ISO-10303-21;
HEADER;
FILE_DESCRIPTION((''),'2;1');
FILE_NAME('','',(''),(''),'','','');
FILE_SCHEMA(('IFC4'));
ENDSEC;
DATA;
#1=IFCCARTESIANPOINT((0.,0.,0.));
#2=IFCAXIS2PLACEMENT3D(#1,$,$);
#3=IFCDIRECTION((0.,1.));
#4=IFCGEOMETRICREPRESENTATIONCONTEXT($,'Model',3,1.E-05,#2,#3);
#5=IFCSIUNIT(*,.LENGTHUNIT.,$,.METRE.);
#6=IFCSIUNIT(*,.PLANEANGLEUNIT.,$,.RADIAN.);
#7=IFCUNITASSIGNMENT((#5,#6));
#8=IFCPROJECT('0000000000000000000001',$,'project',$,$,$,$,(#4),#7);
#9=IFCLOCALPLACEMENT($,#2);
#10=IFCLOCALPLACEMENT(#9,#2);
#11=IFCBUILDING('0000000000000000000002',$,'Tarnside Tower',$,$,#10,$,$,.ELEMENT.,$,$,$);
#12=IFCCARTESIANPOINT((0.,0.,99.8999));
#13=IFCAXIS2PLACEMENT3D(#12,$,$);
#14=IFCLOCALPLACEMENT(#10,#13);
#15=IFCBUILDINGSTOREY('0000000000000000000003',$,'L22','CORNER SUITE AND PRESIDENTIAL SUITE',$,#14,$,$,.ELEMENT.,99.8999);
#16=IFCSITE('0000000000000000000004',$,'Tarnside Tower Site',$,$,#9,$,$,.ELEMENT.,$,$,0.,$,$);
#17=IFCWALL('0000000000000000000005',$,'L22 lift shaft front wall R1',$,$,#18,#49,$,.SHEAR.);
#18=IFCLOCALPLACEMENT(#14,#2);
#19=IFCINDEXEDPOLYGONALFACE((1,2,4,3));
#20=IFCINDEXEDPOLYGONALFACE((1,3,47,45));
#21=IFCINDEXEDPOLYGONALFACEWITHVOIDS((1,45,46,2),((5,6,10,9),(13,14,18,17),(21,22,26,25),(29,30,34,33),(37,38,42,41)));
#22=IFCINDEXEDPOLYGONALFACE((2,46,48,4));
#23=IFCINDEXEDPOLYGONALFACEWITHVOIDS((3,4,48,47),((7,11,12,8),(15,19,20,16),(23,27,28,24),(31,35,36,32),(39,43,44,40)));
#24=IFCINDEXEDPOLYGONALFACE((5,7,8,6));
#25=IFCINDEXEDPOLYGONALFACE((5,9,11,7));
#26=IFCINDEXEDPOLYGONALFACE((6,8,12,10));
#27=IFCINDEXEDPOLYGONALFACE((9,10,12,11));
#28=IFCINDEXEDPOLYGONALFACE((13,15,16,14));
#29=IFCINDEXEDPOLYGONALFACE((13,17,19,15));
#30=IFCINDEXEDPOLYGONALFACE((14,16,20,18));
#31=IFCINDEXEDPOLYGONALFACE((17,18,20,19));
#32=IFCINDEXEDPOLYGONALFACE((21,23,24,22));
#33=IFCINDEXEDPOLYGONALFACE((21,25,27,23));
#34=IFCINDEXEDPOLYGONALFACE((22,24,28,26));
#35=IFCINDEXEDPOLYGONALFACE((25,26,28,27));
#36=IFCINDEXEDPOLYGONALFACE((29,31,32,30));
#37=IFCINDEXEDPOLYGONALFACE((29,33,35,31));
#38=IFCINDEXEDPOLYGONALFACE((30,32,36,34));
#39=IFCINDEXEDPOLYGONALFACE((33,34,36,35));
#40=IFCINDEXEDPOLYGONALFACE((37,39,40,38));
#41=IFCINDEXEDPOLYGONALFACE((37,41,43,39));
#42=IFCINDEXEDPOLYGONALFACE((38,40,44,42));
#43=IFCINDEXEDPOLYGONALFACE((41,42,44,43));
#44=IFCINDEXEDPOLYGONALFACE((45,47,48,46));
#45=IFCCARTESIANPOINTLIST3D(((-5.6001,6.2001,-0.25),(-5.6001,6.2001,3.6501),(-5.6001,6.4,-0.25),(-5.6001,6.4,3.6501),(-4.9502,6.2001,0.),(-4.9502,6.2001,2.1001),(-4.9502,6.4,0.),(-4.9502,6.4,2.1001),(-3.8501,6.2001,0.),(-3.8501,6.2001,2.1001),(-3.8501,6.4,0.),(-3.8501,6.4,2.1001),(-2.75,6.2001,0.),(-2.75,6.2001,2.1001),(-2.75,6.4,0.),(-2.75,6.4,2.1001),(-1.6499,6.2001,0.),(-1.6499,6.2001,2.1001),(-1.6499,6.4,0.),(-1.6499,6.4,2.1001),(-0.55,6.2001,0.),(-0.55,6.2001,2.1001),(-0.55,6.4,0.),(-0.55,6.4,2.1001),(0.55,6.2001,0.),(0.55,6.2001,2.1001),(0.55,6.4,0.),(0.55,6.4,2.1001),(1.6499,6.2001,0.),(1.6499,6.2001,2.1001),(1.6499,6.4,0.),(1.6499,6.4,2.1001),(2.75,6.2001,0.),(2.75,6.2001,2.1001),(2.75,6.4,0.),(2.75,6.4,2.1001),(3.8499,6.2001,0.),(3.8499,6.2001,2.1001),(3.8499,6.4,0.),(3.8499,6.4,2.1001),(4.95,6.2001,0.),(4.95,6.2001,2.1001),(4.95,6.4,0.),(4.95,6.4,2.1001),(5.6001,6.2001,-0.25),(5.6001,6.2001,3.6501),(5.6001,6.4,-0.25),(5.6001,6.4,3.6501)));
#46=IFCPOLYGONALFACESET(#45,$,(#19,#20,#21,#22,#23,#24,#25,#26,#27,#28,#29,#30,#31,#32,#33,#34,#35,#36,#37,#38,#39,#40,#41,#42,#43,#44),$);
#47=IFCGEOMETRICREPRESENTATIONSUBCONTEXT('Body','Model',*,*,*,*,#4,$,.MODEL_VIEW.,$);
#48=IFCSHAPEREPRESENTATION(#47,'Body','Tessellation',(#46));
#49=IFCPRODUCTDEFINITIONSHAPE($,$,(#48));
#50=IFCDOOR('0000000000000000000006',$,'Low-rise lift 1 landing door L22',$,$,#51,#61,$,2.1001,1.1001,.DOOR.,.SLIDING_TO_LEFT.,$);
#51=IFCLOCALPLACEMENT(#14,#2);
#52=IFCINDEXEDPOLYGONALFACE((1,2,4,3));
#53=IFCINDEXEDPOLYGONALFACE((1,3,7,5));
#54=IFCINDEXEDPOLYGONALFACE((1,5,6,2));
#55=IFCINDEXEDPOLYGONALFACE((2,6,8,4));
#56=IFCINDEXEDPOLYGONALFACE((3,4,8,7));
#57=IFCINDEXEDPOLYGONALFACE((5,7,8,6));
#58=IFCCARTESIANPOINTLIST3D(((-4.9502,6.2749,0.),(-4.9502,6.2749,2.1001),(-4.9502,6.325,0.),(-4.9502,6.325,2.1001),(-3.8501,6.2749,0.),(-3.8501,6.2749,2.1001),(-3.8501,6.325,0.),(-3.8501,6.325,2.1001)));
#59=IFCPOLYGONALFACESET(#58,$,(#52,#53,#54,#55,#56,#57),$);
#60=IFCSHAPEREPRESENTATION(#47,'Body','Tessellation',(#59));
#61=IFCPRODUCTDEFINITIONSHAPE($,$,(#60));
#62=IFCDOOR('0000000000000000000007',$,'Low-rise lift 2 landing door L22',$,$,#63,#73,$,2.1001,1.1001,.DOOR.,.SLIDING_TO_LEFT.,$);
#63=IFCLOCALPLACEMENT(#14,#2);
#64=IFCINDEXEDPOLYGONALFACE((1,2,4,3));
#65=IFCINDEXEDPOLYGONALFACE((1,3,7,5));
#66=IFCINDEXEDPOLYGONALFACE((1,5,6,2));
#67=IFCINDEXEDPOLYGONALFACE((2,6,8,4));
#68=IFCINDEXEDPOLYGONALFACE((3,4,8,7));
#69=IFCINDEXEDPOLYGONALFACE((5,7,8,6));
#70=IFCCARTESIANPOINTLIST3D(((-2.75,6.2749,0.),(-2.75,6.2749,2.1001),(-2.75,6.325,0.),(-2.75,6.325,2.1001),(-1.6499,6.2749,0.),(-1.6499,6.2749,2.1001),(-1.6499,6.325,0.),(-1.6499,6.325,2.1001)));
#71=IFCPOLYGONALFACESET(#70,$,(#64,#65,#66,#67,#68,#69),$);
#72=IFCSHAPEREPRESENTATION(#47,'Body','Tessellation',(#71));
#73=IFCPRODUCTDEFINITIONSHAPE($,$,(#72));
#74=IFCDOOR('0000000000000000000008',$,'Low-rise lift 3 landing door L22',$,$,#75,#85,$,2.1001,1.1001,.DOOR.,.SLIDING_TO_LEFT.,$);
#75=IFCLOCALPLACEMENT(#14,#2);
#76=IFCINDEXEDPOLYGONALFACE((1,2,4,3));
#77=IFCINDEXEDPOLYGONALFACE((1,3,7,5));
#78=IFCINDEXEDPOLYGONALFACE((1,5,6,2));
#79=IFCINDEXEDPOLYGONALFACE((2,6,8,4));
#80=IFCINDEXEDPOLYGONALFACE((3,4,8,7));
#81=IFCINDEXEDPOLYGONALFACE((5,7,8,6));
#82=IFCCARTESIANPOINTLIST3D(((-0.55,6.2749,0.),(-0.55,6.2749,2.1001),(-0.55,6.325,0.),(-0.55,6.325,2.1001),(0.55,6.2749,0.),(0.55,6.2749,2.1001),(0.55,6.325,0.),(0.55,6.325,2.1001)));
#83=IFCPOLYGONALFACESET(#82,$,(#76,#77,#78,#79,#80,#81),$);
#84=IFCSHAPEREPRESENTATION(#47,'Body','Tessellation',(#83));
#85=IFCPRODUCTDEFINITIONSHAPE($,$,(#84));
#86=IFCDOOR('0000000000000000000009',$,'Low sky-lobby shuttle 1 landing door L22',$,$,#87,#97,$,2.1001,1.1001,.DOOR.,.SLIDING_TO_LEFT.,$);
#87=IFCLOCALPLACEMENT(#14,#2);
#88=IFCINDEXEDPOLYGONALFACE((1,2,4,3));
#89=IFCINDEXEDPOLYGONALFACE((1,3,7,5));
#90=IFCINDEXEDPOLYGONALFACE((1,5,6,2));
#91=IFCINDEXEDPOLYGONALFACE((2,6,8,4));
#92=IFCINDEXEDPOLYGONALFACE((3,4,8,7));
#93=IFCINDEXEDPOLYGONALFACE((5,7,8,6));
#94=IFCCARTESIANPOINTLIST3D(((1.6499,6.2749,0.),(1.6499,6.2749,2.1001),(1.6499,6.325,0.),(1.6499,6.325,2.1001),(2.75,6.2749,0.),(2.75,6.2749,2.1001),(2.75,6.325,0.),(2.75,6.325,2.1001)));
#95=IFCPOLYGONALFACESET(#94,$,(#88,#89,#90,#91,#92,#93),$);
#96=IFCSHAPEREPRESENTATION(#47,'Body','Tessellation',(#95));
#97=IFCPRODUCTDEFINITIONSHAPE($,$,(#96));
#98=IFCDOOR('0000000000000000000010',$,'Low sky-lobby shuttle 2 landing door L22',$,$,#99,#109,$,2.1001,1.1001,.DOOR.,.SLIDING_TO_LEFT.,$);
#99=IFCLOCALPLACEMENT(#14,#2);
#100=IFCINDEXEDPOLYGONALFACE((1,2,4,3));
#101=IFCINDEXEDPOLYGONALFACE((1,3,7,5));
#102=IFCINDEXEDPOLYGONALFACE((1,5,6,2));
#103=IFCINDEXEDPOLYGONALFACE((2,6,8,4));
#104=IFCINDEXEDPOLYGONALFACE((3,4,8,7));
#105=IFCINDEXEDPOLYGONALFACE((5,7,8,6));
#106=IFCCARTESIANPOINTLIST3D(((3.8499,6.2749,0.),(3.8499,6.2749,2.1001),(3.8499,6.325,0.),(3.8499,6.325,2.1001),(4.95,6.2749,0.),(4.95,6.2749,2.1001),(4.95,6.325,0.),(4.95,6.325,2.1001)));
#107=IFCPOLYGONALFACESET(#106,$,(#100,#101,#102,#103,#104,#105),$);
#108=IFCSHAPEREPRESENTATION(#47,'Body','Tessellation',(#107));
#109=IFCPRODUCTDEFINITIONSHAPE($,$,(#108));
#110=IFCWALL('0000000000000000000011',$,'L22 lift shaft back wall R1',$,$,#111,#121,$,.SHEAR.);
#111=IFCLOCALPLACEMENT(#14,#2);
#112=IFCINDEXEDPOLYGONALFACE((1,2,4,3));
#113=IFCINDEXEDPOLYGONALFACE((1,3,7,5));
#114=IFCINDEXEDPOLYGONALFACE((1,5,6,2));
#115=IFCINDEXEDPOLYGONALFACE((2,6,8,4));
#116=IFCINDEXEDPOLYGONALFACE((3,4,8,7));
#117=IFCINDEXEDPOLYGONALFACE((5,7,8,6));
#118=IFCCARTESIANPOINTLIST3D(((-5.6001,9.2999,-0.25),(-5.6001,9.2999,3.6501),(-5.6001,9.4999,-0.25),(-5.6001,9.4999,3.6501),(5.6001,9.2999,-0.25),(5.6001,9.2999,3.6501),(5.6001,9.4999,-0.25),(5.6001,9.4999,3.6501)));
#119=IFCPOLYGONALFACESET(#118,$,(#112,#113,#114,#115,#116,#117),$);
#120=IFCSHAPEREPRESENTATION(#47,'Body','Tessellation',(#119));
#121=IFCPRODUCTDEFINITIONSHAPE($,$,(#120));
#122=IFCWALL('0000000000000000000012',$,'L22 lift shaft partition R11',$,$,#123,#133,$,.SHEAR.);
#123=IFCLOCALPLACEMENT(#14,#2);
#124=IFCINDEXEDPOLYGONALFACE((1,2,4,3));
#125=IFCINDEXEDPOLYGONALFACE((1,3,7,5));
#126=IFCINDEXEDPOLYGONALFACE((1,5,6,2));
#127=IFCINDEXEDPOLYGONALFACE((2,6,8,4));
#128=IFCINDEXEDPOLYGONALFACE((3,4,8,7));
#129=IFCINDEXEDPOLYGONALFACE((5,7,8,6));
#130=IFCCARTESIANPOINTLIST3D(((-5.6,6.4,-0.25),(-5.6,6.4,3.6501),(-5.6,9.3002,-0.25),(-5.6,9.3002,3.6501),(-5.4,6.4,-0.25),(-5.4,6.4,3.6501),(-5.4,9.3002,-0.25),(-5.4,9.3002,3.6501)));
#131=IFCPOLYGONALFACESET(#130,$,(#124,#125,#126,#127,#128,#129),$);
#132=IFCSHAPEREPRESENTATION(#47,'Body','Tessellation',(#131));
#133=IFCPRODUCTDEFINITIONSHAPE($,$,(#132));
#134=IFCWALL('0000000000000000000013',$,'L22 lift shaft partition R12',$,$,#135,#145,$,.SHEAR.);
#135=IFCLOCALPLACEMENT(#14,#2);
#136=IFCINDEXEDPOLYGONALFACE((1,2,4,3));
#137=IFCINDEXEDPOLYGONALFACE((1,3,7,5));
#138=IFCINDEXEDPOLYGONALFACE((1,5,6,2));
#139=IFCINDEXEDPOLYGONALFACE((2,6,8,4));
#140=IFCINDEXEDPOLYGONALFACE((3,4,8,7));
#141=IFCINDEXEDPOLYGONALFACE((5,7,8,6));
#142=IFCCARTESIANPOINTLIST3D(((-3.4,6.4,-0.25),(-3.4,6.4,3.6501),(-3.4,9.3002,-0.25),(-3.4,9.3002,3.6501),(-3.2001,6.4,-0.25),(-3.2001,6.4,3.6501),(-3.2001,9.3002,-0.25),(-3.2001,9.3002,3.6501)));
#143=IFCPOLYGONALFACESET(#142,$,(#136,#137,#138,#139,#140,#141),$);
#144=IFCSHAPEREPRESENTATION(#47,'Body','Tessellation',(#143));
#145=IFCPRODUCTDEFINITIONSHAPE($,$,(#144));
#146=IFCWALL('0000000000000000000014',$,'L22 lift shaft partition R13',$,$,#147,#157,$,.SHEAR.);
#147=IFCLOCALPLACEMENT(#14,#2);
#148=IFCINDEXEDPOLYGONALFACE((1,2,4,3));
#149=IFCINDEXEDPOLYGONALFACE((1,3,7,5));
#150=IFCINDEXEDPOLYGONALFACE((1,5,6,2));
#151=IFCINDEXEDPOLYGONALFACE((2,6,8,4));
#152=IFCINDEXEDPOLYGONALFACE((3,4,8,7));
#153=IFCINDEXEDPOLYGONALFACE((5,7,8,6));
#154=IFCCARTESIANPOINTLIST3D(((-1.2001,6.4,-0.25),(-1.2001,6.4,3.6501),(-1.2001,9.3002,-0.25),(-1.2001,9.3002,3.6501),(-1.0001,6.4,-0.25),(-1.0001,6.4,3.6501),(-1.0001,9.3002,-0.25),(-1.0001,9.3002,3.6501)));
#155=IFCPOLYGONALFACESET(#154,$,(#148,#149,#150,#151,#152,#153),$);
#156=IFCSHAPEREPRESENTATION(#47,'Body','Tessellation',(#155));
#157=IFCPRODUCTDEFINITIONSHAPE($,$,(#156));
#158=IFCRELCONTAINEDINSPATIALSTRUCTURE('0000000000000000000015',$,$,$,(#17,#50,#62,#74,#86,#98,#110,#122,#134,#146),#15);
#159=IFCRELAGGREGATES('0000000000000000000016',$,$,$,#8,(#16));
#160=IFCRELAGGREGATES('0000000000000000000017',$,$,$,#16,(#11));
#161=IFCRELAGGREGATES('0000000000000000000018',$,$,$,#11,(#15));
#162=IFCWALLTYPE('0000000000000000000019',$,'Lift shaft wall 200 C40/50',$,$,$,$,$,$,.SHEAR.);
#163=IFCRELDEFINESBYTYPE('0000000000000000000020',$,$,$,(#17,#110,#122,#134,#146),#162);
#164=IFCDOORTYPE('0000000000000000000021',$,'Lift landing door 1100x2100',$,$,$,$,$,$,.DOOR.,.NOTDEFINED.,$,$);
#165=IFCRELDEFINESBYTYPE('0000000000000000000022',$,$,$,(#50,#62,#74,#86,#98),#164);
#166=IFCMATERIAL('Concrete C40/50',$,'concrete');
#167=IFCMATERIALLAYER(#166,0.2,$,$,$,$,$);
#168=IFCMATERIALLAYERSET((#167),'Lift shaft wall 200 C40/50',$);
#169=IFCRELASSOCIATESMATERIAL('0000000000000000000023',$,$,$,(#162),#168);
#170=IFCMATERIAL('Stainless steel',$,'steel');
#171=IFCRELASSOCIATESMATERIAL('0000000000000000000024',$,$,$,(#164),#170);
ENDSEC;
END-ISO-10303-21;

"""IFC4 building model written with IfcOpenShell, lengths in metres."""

from ifc_helpers import new_model, si_unit, direction, frame, frame_2d, origin, place, context, subcontext, project, spatial, rectangle, extrude, material, layer, layer_set, type_object, element, fill, save


model = new_model("IFC4")

# Units and contexts
model_context = context("Model", 3, precision=1e-05, world=origin(), true_north=direction((0.0, 1.0)))
body_context = subcontext(model_context, "Body", "Model", "MODEL_VIEW")
ifc_project = project(units=[si_unit("LENGTHUNIT", "METRE"), si_unit("PLANEANGLEUNIT", "RADIAN")], contexts=[model_context])

# Site, building, storey
site_placement = place(None, origin())
site = spatial("IfcSite", under=ifc_project, at=site_placement, Name="Tarnside Tower Site", CompositionType="ELEMENT", RefElevation=0.0)
building_placement = place(site_placement, origin())
building = spatial("IfcBuilding", under=site, at=building_placement, Name="Tarnside Tower", CompositionType="ELEMENT")
storey_placement = place(building_placement, frame((0.0, 0.0, 99.8999)))
storey = spatial("IfcBuildingStorey", under=building, at=storey_placement, Name="L22", Description="CORNER SUITE AND PRESIDENTIAL SUITE", CompositionType="ELEMENT", Elevation=99.8999)

# Wall, openings, doors
ifc_material_1 = material(Name="Concrete C40/50", Category="concrete")
ifc_layer_1 = layer(ifc_material_1, 0.2)
ifc_layer_set_1 = layer_set([ifc_layer_1], Name="Lift shaft wall 200 C40/50")
wall_type_1 = type_object("IfcWallType", Name="Lift shaft wall 200 C40/50", PredefinedType="SHEAR", material=ifc_layer_set_1)
wall_1_placement = place(storey_placement, frame((-5.6001, 6.3, -0.25), z_axis=(0.0, 0.0, 1.0), x_axis=(1.0, 0.0, 0.0)))
wall_1 = element("IfcWall", 1, at=wall_1_placement, inside=storey, type_object=wall_type_1, Name="L22 lift shaft front wall R1", PredefinedType="SHEAR", context=body_context, shape_type="SweptSolid", body=[
    extrude(rectangle(XDim=11.2002, YDim=0.2, at=frame_2d((5.6001, 0.0))), origin(), (0.0, 0.0, 1.0), 3.9001),
])
opening_1_placement = place(wall_1_placement, frame((0.6499, 0.0, 0.25)))
opening_1 = element("IfcOpeningElement", 2, at=opening_1_placement, cuts=wall_1, PredefinedType="OPENING", context=body_context, shape_type="SweptSolid", body=[
    extrude(rectangle(XDim=1.1001, YDim=2.1001, at=frame_2d((0.55, 1.05))), frame((0.0, 0.1099, 0.0), z_axis=(0.0, -1.0, 0.0), x_axis=(1.0, 0.0, 0.0)), (0.0, 0.0, 1.0), 0.22),
])
opening_2_placement = place(wall_1_placement, frame((2.8501, 0.0, 0.25)))
opening_2 = element("IfcOpeningElement", 3, at=opening_2_placement, cuts=wall_1, PredefinedType="OPENING", context=body_context, shape_type="SweptSolid", body=[
    extrude(rectangle(XDim=1.1001, YDim=2.1001, at=frame_2d((0.55, 1.05))), frame((0.0, 0.1099, 0.0), z_axis=(0.0, -1.0, 0.0), x_axis=(1.0, 0.0, 0.0)), (0.0, 0.0, 1.0), 0.22),
])
opening_3_placement = place(wall_1_placement, frame((5.05, 0.0, 0.25)))
opening_3 = element("IfcOpeningElement", 4, at=opening_3_placement, cuts=wall_1, PredefinedType="OPENING", context=body_context, shape_type="SweptSolid", body=[
    extrude(rectangle(XDim=1.1001, YDim=2.1001, at=frame_2d((0.55, 1.05))), frame((0.0, 0.1099, 0.0), z_axis=(0.0, -1.0, 0.0), x_axis=(1.0, 0.0, 0.0)), (0.0, 0.0, 1.0), 0.22),
])
opening_4_placement = place(wall_1_placement, frame((7.25, 0.0, 0.25)))
opening_4 = element("IfcOpeningElement", 5, at=opening_4_placement, cuts=wall_1, PredefinedType="OPENING", context=body_context, shape_type="SweptSolid", body=[
    extrude(rectangle(XDim=1.1001, YDim=2.1001, at=frame_2d((0.55, 1.05))), frame((0.0, 0.1099, 0.0), z_axis=(0.0, -1.0, 0.0), x_axis=(1.0, 0.0, 0.0)), (0.0, 0.0, 1.0), 0.22),
])
opening_5_placement = place(wall_1_placement, frame((9.45, 0.0, 0.25)))
opening_5 = element("IfcOpeningElement", 6, at=opening_5_placement, cuts=wall_1, PredefinedType="OPENING", context=body_context, shape_type="SweptSolid", body=[
    extrude(rectangle(XDim=1.1001, YDim=2.1001, at=frame_2d((0.55, 1.05))), frame((0.0, 0.1099, 0.0), z_axis=(0.0, -1.0, 0.0), x_axis=(1.0, 0.0, 0.0)), (0.0, 0.0, 1.0), 0.22),
])
ifc_material_2 = material(Name="Stainless steel", Category="steel")
door_type_1 = type_object("IfcDoorType", Name="Lift landing door 1100x2100", OperationType="NOTDEFINED", PredefinedType="DOOR", material=ifc_material_2)
door_1_placement = place(opening_1_placement, origin())
door_1 = element("IfcDoor", 7, at=door_1_placement, inside=storey, type_object=door_type_1, Name="Low-rise lift 1 landing door L22", OperationType="SLIDING_TO_LEFT", OverallHeight=2.1001, OverallWidth=1.1001, PredefinedType="DOOR", context=body_context, shape_type="SweptSolid", body=[
    extrude(rectangle(XDim=1.1001, YDim=2.1001, at=frame_2d((0.55, 1.05))), frame((0.0, 0.0249, 0.0), z_axis=(0.0, -1.0, 0.0), x_axis=(1.0, 0.0, 0.0)), (0.0, 0.0, 1.0), 0.05),
])
fill(opening_1, door_1)
door_2_placement = place(opening_2_placement, origin())
door_2 = element("IfcDoor", 8, at=door_2_placement, inside=storey, type_object=door_type_1, Name="Low-rise lift 2 landing door L22", OperationType="SLIDING_TO_LEFT", OverallHeight=2.1001, OverallWidth=1.1001, PredefinedType="DOOR", context=body_context, shape_type="SweptSolid", body=[
    extrude(rectangle(XDim=1.1001, YDim=2.1001, at=frame_2d((0.55, 1.05))), frame((0.0, 0.0249, 0.0), z_axis=(0.0, -1.0, 0.0), x_axis=(1.0, 0.0, 0.0)), (0.0, 0.0, 1.0), 0.05),
])
fill(opening_2, door_2)
door_3_placement = place(opening_3_placement, origin())
door_3 = element("IfcDoor", 9, at=door_3_placement, inside=storey, type_object=door_type_1, Name="Low-rise lift 3 landing door L22", OperationType="SLIDING_TO_LEFT", OverallHeight=2.1001, OverallWidth=1.1001, PredefinedType="DOOR", context=body_context, shape_type="SweptSolid", body=[
    extrude(rectangle(XDim=1.1001, YDim=2.1001, at=frame_2d((0.55, 1.05))), frame((0.0, 0.0249, 0.0), z_axis=(0.0, -1.0, 0.0), x_axis=(1.0, 0.0, 0.0)), (0.0, 0.0, 1.0), 0.05),
])
fill(opening_3, door_3)
door_4_placement = place(opening_4_placement, origin())
door_4 = element("IfcDoor", 10, at=door_4_placement, inside=storey, type_object=door_type_1, Name="Low sky-lobby shuttle 1 landing door L22", OperationType="SLIDING_TO_LEFT", OverallHeight=2.1001, OverallWidth=1.1001, PredefinedType="DOOR", context=body_context, shape_type="SweptSolid", body=[
    extrude(rectangle(XDim=1.1001, YDim=2.1001, at=frame_2d((0.55, 1.05))), frame((0.0, 0.0249, 0.0), z_axis=(0.0, -1.0, 0.0), x_axis=(1.0, 0.0, 0.0)), (0.0, 0.0, 1.0), 0.05),
])
fill(opening_4, door_4)
door_5_placement = place(opening_5_placement, origin())
door_5 = element("IfcDoor", 11, at=door_5_placement, inside=storey, type_object=door_type_1, Name="Low sky-lobby shuttle 2 landing door L22", OperationType="SLIDING_TO_LEFT", OverallHeight=2.1001, OverallWidth=1.1001, PredefinedType="DOOR", context=body_context, shape_type="SweptSolid", body=[
    extrude(rectangle(XDim=1.1001, YDim=2.1001, at=frame_2d((0.55, 1.05))), frame((0.0, 0.0249, 0.0), z_axis=(0.0, -1.0, 0.0), x_axis=(1.0, 0.0, 0.0)), (0.0, 0.0, 1.0), 0.05),
])
fill(opening_5, door_5)

# Walls
wall_2_placement = place(storey_placement, frame((-5.6001, 9.3999, -0.25), z_axis=(0.0, 0.0, 1.0), x_axis=(1.0, 0.0, 0.0)))
element("IfcWall", 12, at=wall_2_placement, inside=storey, type_object=wall_type_1, Name="L22 lift shaft back wall R1", PredefinedType="SHEAR", context=body_context, shape_type="SweptSolid", body=[
    extrude(rectangle(XDim=11.2002, YDim=0.2, at=frame_2d((5.6001, 0.0))), origin(), (0.0, 0.0, 1.0), 3.9001),
])
for number, where, z_axis, x_axis, name in (
    (13, (-5.5, 6.3999, -0.25), (0.0, 0.0, 1.0), (0.0, 1.0, 0.0), "L22 lift shaft partition R11"),
    (14, (-3.3, 6.3999, -0.25), (0.0, 0.0, 1.0), (0.0, 1.0, 0.0), "L22 lift shaft partition R12"),
    (15, (-1.1001, 6.3999, -0.25), (0.0, 0.0, 1.0), (0.0, 1.0, 0.0), "L22 lift shaft partition R13"),
):
    element("IfcWall", number, at=place(storey_placement, frame(where, z_axis=z_axis, x_axis=x_axis)), inside=storey, type_object=wall_type_1, Name=name, PredefinedType="SHEAR", context=body_context, shape_type="SweptSolid", body=[
        extrude(rectangle(XDim=2.9001, YDim=0.2, at=frame_2d((1.4502, 0.0))), origin(), (0.0, 0.0, 1.0), 3.9001),
    ])

save(model, "model.ifc")
